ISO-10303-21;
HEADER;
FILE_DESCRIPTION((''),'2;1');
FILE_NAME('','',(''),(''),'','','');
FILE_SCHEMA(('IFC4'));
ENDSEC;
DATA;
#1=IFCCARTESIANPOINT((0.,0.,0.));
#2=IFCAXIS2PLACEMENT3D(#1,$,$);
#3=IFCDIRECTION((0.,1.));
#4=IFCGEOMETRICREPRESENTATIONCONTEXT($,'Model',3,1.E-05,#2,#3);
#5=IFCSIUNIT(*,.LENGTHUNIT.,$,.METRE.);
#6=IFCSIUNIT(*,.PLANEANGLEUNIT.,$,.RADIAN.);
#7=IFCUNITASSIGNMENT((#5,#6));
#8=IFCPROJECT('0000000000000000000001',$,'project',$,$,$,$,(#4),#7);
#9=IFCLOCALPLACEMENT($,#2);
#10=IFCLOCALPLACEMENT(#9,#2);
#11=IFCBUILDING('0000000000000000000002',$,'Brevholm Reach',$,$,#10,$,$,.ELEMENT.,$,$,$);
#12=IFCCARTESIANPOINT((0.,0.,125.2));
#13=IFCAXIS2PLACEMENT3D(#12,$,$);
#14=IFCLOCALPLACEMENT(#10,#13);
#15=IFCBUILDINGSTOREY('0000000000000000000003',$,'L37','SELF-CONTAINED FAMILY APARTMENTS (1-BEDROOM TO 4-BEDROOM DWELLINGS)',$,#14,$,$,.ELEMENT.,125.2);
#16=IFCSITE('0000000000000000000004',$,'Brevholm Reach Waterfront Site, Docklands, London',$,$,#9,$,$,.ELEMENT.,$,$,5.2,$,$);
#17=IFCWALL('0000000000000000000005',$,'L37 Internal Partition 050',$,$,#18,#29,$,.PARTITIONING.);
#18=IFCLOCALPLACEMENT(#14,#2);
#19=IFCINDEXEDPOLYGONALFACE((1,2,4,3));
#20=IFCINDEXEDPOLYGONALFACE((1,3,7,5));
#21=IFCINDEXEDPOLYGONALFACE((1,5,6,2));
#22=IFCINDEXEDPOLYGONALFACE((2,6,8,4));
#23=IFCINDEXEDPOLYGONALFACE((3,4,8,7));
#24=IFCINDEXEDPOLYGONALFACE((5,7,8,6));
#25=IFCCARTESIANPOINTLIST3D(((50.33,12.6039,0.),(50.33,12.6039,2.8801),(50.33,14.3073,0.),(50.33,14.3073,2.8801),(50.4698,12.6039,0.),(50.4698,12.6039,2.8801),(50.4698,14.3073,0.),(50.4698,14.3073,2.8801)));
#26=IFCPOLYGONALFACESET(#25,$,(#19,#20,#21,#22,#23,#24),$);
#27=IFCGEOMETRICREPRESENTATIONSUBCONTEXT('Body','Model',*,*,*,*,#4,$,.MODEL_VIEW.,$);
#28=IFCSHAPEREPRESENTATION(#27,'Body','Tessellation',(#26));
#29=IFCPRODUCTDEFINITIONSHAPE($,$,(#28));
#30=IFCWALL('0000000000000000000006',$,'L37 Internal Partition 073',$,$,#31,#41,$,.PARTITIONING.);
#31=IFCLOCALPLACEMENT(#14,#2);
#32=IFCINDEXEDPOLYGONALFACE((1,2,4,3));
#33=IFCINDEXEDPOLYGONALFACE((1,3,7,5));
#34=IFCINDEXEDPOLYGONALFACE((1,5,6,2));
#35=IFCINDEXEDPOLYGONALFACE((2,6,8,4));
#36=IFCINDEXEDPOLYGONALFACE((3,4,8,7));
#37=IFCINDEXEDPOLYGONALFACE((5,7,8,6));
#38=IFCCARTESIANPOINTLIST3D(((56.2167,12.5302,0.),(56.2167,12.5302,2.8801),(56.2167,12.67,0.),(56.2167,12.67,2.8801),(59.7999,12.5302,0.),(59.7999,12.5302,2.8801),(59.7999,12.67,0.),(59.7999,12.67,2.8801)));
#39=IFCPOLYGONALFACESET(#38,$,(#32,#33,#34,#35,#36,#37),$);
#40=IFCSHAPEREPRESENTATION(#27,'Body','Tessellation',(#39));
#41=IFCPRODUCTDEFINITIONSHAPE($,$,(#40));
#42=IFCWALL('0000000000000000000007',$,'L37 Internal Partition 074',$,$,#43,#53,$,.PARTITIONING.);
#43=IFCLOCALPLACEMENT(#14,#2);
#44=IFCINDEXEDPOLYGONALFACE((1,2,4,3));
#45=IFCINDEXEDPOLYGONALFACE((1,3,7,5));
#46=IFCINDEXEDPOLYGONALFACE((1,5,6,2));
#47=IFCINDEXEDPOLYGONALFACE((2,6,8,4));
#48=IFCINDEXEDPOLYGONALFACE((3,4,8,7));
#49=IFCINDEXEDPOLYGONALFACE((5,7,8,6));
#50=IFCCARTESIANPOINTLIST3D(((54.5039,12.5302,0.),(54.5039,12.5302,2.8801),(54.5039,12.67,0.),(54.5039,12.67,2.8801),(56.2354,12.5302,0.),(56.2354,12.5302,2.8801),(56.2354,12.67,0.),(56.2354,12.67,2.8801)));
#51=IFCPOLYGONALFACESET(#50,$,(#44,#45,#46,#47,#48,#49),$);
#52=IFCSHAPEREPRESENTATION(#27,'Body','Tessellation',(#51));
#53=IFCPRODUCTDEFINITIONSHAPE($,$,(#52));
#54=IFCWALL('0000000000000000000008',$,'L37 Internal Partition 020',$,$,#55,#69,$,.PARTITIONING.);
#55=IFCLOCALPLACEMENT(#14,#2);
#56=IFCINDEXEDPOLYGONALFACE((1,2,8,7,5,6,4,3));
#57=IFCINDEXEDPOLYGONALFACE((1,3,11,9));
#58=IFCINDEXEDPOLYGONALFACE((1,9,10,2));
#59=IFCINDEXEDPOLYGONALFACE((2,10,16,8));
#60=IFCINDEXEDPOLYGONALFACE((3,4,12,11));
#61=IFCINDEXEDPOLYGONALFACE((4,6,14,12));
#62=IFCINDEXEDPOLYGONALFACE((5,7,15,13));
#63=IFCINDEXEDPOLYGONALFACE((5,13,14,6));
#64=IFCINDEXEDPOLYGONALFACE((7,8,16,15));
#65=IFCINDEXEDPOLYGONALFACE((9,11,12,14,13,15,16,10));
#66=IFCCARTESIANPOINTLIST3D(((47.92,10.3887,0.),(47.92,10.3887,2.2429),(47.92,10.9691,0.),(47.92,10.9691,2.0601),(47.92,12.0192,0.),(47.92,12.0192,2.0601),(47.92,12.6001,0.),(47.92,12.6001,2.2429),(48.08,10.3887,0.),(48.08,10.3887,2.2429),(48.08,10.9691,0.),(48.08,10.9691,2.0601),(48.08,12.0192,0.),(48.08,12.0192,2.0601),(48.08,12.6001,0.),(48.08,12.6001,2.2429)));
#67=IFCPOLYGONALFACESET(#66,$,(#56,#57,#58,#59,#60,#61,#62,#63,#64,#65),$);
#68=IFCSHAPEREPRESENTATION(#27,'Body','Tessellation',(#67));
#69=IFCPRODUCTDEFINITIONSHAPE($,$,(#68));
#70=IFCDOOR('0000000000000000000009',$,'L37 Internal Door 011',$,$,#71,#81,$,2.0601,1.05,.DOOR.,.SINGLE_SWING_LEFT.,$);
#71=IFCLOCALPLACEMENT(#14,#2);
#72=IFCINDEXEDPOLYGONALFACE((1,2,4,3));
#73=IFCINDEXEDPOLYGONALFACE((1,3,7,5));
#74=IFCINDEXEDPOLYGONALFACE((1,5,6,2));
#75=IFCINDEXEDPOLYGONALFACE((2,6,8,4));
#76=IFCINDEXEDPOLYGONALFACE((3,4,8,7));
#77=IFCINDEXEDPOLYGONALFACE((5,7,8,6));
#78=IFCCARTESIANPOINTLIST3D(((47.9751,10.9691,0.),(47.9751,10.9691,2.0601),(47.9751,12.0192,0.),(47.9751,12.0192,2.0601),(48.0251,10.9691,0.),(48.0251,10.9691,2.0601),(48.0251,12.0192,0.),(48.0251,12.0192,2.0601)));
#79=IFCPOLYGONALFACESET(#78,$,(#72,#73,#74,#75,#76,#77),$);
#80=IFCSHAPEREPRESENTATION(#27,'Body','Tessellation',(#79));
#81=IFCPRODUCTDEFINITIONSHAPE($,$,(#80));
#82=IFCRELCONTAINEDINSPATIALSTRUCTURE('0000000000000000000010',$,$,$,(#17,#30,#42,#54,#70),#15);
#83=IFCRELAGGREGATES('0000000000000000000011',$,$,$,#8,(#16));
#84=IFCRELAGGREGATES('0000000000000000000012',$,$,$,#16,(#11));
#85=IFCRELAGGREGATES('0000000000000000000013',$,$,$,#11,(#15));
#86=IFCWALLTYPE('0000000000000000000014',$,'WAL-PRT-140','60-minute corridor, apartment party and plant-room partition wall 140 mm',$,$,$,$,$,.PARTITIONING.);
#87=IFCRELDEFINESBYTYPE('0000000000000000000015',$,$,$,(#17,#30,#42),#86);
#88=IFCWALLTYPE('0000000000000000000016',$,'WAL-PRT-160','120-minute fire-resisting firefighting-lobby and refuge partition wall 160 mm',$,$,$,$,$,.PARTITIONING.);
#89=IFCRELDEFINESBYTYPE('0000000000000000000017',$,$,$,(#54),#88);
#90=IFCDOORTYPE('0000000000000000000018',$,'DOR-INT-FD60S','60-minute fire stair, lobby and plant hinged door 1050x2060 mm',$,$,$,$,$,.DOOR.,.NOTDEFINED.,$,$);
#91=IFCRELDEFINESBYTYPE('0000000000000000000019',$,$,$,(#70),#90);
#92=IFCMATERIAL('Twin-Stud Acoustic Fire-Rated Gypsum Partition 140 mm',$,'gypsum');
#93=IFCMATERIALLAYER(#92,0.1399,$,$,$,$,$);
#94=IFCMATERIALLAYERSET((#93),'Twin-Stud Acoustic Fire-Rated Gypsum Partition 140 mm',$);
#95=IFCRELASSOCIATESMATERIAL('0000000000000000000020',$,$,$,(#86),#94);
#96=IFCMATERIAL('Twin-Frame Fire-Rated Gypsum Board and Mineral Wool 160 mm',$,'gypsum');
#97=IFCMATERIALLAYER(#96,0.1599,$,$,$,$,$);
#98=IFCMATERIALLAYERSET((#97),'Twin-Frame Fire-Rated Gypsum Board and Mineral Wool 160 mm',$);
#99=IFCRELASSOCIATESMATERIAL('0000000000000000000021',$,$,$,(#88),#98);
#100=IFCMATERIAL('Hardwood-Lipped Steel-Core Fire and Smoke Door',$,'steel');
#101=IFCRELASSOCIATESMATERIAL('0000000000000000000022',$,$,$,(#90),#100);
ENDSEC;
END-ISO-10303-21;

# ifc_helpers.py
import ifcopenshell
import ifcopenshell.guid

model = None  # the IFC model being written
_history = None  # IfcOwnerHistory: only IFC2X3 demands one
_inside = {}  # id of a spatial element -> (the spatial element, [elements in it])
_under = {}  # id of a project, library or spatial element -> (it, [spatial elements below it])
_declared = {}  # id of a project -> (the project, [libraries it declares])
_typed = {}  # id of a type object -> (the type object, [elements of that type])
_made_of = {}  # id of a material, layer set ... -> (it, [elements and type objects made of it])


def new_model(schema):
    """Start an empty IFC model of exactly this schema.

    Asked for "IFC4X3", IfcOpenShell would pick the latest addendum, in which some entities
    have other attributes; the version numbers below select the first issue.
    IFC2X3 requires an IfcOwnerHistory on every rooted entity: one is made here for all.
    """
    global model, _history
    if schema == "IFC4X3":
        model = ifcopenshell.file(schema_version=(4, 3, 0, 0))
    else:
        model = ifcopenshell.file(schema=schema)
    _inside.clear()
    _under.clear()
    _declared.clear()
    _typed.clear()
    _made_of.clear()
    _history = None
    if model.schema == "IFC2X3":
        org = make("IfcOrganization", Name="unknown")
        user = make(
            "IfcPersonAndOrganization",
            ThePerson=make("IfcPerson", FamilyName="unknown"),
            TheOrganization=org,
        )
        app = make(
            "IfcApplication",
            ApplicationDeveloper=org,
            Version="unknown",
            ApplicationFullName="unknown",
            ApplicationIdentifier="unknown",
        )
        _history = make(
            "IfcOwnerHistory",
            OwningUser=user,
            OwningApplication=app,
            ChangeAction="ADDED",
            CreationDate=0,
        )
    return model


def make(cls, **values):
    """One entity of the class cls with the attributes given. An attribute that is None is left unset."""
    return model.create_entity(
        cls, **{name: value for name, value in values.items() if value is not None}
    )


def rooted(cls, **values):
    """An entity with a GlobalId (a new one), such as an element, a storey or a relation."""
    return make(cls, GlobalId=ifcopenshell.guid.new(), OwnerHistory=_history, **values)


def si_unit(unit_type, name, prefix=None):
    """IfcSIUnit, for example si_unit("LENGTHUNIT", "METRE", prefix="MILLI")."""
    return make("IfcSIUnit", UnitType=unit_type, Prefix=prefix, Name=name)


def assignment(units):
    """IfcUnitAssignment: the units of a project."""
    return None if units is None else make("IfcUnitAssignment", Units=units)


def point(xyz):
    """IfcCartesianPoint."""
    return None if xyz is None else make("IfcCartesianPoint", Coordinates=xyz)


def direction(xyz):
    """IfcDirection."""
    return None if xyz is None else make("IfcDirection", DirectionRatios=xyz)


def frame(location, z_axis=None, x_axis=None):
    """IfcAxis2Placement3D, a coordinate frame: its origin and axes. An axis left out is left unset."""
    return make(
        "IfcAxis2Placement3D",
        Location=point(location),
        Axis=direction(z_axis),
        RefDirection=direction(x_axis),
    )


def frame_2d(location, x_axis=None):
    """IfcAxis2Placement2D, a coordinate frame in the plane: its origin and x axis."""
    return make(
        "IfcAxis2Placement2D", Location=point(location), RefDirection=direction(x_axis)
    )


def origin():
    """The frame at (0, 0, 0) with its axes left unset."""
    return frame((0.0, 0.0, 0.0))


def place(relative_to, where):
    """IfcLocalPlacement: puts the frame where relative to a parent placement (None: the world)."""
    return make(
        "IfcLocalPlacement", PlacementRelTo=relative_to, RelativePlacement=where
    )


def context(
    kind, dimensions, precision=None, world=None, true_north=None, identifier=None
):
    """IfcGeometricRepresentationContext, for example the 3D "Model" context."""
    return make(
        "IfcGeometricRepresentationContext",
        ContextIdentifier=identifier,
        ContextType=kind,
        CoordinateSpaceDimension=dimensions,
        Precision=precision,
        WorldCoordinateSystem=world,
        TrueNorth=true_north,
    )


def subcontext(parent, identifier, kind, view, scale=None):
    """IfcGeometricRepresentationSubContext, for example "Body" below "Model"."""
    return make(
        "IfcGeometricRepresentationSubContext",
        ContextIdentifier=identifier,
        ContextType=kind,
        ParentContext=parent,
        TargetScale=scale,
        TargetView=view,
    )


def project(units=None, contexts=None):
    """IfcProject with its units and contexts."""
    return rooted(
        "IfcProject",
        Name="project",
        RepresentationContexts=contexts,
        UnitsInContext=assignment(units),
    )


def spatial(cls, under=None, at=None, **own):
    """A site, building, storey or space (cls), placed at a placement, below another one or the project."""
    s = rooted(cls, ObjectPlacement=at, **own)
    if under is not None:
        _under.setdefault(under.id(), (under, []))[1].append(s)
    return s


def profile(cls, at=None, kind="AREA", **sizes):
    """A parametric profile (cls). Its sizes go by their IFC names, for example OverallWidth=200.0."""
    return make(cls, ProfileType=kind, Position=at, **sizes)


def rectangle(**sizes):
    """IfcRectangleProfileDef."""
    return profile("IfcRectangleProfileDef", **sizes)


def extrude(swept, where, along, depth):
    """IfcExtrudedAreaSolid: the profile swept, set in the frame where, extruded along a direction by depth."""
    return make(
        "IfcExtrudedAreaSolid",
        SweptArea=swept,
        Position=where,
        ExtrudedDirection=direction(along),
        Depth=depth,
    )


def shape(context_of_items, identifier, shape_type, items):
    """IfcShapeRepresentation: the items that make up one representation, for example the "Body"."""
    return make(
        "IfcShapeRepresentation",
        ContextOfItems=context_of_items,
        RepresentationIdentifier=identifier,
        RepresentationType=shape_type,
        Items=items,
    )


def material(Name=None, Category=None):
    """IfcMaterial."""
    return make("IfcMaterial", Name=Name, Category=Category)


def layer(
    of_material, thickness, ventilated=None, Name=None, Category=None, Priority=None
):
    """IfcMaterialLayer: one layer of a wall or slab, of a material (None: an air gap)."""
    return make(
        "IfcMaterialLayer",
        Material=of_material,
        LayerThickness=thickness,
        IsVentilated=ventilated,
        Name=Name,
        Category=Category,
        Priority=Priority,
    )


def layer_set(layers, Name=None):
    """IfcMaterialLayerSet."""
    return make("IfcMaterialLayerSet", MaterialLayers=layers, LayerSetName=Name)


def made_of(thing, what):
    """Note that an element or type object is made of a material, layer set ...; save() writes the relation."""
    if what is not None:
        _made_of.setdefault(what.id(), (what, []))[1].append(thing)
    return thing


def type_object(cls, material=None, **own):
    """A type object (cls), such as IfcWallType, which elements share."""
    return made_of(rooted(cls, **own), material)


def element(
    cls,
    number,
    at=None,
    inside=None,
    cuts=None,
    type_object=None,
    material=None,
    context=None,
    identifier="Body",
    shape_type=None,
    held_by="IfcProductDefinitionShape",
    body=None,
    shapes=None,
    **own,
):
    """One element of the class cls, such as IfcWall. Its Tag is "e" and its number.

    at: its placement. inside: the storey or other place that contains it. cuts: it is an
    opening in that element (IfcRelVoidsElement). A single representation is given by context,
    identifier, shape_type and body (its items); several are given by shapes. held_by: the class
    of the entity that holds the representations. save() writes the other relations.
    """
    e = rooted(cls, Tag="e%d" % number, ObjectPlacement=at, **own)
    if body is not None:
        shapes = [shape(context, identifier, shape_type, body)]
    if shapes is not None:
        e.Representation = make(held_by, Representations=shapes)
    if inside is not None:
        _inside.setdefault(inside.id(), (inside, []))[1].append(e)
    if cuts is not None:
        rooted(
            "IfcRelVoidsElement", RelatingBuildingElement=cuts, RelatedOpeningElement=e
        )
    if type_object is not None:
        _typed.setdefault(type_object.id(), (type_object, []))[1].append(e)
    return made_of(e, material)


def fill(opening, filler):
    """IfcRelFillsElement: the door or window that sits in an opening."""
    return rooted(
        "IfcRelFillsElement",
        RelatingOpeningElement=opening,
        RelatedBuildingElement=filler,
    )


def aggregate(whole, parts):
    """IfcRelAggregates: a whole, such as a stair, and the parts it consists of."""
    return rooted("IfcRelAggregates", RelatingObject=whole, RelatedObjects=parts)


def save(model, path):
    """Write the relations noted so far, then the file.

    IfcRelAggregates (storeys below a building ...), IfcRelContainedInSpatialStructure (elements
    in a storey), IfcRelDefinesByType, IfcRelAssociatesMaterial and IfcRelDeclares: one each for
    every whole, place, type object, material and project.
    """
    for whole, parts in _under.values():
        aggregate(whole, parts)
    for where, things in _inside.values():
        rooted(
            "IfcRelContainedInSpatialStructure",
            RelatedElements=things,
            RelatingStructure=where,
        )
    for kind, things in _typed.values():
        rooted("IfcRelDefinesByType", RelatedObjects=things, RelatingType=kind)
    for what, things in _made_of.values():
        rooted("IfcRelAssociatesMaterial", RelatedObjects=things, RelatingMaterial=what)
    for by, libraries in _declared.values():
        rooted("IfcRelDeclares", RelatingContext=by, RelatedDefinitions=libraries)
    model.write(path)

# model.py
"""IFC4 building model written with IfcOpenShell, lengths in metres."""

from ifc_helpers import new_model, si_unit, direction, frame, frame_2d, origin, place, context, subcontext, project, spatial, rectangle, extrude, material, layer, layer_set, type_object, element, fill, save


model = new_model("IFC4")

# Units and contexts
model_context = context("Model", 3, precision=1e-05, world=origin(), true_north=direction((0.0, 1.0)))
body_context = subcontext(model_context, "Body", "Model", "MODEL_VIEW")
ifc_project = project(units=[si_unit("LENGTHUNIT", "METRE"), si_unit("PLANEANGLEUNIT", "RADIAN")], contexts=[model_context])

# Site, building, storey
site_placement = place(None, origin())
site = spatial("IfcSite", under=ifc_project, at=site_placement, Name="Brevholm Reach Waterfront Site, Docklands, London", CompositionType="ELEMENT", RefElevation=5.2)
building_placement = place(site_placement, origin())
building = spatial("IfcBuilding", under=site, at=building_placement, Name="Brevholm Reach", CompositionType="ELEMENT")
storey_placement = place(building_placement, frame((0.0, 0.0, 125.2)))
storey = spatial("IfcBuildingStorey", under=building, at=storey_placement, Name="L37", Description="SELF-CONTAINED FAMILY APARTMENTS (1-BEDROOM TO 4-BEDROOM DWELLINGS)", CompositionType="ELEMENT", Elevation=125.2)

# Shared definitions
ifc_material_1 = material(Name="Twin-Stud Acoustic Fire-Rated Gypsum Partition 140 mm", Category="gypsum")
ifc_layer_1 = layer(ifc_material_1, 0.1399)
ifc_layer_set_1 = layer_set([ifc_layer_1], Name="Twin-Stud Acoustic Fire-Rated Gypsum Partition 140 mm")
wall_type_1 = type_object("IfcWallType", Name="WAL-PRT-140", Description="60-minute corridor, apartment party and plant-room partition wall 140 mm", PredefinedType="PARTITIONING", material=ifc_layer_set_1)

# Walls
wall_1_placement = place(storey_placement, frame((50.3999, 12.604, 0.0), z_axis=(0.0, 0.0, 1.0), x_axis=(0.0, 1.0, 0.0)))
element("IfcWall", 1, at=wall_1_placement, inside=storey, type_object=wall_type_1, Name="L37 Internal Partition 050", PredefinedType="PARTITIONING", context=body_context, shape_type="SweptSolid", body=[
    extrude(rectangle(XDim=1.7034, YDim=0.1399, at=frame_2d((0.8516, 0.0))), origin(), (0.0, 0.0, 1.0), 2.8801),
])
wall_2_placement = place(storey_placement, frame((56.2168, 12.6001, 0.0), z_axis=(0.0, 0.0, 1.0), x_axis=(1.0, 0.0, 0.0)))
element("IfcWall", 2, at=wall_2_placement, inside=storey, type_object=wall_type_1, Name="L37 Internal Partition 073", PredefinedType="PARTITIONING", context=body_context, shape_type="SweptSolid", body=[
    extrude(rectangle(XDim=3.5833, YDim=0.1399, at=frame_2d((1.7915, 0.0))), origin(), (0.0, 0.0, 1.0), 2.8801),
])
wall_3_placement = place(storey_placement, frame((54.5039, 12.6001, 0.0), z_axis=(0.0, 0.0, 1.0), x_axis=(1.0, 0.0, 0.0)))
element("IfcWall", 3, at=wall_3_placement, inside=storey, type_object=wall_type_1, Name="L37 Internal Partition 074", PredefinedType="PARTITIONING", context=body_context, shape_type="SweptSolid", body=[
    extrude(rectangle(XDim=1.7314, YDim=0.1399, at=frame_2d((0.8657, 0.0))), origin(), (0.0, 0.0, 1.0), 2.8801),
])

# Wall, opening, door
ifc_material_2 = material(Name="Twin-Frame Fire-Rated Gypsum Board and Mineral Wool 160 mm", Category="gypsum")
ifc_layer_2 = layer(ifc_material_2, 0.1599)
ifc_layer_set_2 = layer_set([ifc_layer_2], Name="Twin-Frame Fire-Rated Gypsum Board and Mineral Wool 160 mm")
wall_type_2 = type_object("IfcWallType", Name="WAL-PRT-160", Description="120-minute fire-resisting firefighting-lobby and refuge partition wall 160 mm", PredefinedType="PARTITIONING", material=ifc_layer_set_2)
wall_4_placement = place(storey_placement, frame((48.0, 10.3887, 0.0), z_axis=(0.0, 0.0, 1.0), x_axis=(0.0, 1.0, 0.0)))
wall_4 = element("IfcWall", 4, at=wall_4_placement, inside=storey, type_object=wall_type_2, Name="L37 Internal Partition 020", PredefinedType="PARTITIONING", context=body_context, shape_type="SweptSolid", body=[
    extrude(rectangle(XDim=2.2114, YDim=0.1599, at=frame_2d((1.1057, 0.0))), origin(), (0.0, 0.0, 1.0), 2.2429),
])
opening_1_placement = place(wall_4_placement, frame((0.5806, 0.0, 0.0)))
opening_1 = element("IfcOpeningElement", 5, at=opening_1_placement, cuts=wall_4, PredefinedType="OPENING", context=body_context, shape_type="SweptSolid", body=[
    extrude(rectangle(XDim=1.05, YDim=2.0601, at=frame_2d((0.5249, 1.03))), frame((0.0, 0.0898, 0.0), z_axis=(0.0, -1.0, 0.0), x_axis=(1.0, 0.0, 0.0)), (0.0, 0.0, 1.0), 0.1799),
])
ifc_material_3 = material(Name="Hardwood-Lipped Steel-Core Fire and Smoke Door", Category="steel")
door_type_1 = type_object("IfcDoorType", Name="DOR-INT-FD60S", Description="60-minute fire stair, lobby and plant hinged door 1050x2060 mm", OperationType="NOTDEFINED", PredefinedType="DOOR", material=ifc_material_3)
door_1_placement = place(opening_1_placement, origin())
door_1 = element("IfcDoor", 6, at=door_1_placement, inside=storey, type_object=door_type_1, Name="L37 Internal Door 011", OperationType="SINGLE_SWING_LEFT", OverallHeight=2.0601, OverallWidth=1.05, PredefinedType="DOOR", context=body_context, shape_type="SweptSolid", body=[
    extrude(rectangle(XDim=1.05, YDim=2.0601, at=frame_2d((0.5249, 1.03))), frame((0.0, 0.0249, 0.0), z_axis=(0.0, -1.0, 0.0), x_axis=(1.0, 0.0, 0.0)), (0.0, 0.0, 1.0), 0.05),
])
fill(opening_1, door_1)

save(model, "model.ifc")
